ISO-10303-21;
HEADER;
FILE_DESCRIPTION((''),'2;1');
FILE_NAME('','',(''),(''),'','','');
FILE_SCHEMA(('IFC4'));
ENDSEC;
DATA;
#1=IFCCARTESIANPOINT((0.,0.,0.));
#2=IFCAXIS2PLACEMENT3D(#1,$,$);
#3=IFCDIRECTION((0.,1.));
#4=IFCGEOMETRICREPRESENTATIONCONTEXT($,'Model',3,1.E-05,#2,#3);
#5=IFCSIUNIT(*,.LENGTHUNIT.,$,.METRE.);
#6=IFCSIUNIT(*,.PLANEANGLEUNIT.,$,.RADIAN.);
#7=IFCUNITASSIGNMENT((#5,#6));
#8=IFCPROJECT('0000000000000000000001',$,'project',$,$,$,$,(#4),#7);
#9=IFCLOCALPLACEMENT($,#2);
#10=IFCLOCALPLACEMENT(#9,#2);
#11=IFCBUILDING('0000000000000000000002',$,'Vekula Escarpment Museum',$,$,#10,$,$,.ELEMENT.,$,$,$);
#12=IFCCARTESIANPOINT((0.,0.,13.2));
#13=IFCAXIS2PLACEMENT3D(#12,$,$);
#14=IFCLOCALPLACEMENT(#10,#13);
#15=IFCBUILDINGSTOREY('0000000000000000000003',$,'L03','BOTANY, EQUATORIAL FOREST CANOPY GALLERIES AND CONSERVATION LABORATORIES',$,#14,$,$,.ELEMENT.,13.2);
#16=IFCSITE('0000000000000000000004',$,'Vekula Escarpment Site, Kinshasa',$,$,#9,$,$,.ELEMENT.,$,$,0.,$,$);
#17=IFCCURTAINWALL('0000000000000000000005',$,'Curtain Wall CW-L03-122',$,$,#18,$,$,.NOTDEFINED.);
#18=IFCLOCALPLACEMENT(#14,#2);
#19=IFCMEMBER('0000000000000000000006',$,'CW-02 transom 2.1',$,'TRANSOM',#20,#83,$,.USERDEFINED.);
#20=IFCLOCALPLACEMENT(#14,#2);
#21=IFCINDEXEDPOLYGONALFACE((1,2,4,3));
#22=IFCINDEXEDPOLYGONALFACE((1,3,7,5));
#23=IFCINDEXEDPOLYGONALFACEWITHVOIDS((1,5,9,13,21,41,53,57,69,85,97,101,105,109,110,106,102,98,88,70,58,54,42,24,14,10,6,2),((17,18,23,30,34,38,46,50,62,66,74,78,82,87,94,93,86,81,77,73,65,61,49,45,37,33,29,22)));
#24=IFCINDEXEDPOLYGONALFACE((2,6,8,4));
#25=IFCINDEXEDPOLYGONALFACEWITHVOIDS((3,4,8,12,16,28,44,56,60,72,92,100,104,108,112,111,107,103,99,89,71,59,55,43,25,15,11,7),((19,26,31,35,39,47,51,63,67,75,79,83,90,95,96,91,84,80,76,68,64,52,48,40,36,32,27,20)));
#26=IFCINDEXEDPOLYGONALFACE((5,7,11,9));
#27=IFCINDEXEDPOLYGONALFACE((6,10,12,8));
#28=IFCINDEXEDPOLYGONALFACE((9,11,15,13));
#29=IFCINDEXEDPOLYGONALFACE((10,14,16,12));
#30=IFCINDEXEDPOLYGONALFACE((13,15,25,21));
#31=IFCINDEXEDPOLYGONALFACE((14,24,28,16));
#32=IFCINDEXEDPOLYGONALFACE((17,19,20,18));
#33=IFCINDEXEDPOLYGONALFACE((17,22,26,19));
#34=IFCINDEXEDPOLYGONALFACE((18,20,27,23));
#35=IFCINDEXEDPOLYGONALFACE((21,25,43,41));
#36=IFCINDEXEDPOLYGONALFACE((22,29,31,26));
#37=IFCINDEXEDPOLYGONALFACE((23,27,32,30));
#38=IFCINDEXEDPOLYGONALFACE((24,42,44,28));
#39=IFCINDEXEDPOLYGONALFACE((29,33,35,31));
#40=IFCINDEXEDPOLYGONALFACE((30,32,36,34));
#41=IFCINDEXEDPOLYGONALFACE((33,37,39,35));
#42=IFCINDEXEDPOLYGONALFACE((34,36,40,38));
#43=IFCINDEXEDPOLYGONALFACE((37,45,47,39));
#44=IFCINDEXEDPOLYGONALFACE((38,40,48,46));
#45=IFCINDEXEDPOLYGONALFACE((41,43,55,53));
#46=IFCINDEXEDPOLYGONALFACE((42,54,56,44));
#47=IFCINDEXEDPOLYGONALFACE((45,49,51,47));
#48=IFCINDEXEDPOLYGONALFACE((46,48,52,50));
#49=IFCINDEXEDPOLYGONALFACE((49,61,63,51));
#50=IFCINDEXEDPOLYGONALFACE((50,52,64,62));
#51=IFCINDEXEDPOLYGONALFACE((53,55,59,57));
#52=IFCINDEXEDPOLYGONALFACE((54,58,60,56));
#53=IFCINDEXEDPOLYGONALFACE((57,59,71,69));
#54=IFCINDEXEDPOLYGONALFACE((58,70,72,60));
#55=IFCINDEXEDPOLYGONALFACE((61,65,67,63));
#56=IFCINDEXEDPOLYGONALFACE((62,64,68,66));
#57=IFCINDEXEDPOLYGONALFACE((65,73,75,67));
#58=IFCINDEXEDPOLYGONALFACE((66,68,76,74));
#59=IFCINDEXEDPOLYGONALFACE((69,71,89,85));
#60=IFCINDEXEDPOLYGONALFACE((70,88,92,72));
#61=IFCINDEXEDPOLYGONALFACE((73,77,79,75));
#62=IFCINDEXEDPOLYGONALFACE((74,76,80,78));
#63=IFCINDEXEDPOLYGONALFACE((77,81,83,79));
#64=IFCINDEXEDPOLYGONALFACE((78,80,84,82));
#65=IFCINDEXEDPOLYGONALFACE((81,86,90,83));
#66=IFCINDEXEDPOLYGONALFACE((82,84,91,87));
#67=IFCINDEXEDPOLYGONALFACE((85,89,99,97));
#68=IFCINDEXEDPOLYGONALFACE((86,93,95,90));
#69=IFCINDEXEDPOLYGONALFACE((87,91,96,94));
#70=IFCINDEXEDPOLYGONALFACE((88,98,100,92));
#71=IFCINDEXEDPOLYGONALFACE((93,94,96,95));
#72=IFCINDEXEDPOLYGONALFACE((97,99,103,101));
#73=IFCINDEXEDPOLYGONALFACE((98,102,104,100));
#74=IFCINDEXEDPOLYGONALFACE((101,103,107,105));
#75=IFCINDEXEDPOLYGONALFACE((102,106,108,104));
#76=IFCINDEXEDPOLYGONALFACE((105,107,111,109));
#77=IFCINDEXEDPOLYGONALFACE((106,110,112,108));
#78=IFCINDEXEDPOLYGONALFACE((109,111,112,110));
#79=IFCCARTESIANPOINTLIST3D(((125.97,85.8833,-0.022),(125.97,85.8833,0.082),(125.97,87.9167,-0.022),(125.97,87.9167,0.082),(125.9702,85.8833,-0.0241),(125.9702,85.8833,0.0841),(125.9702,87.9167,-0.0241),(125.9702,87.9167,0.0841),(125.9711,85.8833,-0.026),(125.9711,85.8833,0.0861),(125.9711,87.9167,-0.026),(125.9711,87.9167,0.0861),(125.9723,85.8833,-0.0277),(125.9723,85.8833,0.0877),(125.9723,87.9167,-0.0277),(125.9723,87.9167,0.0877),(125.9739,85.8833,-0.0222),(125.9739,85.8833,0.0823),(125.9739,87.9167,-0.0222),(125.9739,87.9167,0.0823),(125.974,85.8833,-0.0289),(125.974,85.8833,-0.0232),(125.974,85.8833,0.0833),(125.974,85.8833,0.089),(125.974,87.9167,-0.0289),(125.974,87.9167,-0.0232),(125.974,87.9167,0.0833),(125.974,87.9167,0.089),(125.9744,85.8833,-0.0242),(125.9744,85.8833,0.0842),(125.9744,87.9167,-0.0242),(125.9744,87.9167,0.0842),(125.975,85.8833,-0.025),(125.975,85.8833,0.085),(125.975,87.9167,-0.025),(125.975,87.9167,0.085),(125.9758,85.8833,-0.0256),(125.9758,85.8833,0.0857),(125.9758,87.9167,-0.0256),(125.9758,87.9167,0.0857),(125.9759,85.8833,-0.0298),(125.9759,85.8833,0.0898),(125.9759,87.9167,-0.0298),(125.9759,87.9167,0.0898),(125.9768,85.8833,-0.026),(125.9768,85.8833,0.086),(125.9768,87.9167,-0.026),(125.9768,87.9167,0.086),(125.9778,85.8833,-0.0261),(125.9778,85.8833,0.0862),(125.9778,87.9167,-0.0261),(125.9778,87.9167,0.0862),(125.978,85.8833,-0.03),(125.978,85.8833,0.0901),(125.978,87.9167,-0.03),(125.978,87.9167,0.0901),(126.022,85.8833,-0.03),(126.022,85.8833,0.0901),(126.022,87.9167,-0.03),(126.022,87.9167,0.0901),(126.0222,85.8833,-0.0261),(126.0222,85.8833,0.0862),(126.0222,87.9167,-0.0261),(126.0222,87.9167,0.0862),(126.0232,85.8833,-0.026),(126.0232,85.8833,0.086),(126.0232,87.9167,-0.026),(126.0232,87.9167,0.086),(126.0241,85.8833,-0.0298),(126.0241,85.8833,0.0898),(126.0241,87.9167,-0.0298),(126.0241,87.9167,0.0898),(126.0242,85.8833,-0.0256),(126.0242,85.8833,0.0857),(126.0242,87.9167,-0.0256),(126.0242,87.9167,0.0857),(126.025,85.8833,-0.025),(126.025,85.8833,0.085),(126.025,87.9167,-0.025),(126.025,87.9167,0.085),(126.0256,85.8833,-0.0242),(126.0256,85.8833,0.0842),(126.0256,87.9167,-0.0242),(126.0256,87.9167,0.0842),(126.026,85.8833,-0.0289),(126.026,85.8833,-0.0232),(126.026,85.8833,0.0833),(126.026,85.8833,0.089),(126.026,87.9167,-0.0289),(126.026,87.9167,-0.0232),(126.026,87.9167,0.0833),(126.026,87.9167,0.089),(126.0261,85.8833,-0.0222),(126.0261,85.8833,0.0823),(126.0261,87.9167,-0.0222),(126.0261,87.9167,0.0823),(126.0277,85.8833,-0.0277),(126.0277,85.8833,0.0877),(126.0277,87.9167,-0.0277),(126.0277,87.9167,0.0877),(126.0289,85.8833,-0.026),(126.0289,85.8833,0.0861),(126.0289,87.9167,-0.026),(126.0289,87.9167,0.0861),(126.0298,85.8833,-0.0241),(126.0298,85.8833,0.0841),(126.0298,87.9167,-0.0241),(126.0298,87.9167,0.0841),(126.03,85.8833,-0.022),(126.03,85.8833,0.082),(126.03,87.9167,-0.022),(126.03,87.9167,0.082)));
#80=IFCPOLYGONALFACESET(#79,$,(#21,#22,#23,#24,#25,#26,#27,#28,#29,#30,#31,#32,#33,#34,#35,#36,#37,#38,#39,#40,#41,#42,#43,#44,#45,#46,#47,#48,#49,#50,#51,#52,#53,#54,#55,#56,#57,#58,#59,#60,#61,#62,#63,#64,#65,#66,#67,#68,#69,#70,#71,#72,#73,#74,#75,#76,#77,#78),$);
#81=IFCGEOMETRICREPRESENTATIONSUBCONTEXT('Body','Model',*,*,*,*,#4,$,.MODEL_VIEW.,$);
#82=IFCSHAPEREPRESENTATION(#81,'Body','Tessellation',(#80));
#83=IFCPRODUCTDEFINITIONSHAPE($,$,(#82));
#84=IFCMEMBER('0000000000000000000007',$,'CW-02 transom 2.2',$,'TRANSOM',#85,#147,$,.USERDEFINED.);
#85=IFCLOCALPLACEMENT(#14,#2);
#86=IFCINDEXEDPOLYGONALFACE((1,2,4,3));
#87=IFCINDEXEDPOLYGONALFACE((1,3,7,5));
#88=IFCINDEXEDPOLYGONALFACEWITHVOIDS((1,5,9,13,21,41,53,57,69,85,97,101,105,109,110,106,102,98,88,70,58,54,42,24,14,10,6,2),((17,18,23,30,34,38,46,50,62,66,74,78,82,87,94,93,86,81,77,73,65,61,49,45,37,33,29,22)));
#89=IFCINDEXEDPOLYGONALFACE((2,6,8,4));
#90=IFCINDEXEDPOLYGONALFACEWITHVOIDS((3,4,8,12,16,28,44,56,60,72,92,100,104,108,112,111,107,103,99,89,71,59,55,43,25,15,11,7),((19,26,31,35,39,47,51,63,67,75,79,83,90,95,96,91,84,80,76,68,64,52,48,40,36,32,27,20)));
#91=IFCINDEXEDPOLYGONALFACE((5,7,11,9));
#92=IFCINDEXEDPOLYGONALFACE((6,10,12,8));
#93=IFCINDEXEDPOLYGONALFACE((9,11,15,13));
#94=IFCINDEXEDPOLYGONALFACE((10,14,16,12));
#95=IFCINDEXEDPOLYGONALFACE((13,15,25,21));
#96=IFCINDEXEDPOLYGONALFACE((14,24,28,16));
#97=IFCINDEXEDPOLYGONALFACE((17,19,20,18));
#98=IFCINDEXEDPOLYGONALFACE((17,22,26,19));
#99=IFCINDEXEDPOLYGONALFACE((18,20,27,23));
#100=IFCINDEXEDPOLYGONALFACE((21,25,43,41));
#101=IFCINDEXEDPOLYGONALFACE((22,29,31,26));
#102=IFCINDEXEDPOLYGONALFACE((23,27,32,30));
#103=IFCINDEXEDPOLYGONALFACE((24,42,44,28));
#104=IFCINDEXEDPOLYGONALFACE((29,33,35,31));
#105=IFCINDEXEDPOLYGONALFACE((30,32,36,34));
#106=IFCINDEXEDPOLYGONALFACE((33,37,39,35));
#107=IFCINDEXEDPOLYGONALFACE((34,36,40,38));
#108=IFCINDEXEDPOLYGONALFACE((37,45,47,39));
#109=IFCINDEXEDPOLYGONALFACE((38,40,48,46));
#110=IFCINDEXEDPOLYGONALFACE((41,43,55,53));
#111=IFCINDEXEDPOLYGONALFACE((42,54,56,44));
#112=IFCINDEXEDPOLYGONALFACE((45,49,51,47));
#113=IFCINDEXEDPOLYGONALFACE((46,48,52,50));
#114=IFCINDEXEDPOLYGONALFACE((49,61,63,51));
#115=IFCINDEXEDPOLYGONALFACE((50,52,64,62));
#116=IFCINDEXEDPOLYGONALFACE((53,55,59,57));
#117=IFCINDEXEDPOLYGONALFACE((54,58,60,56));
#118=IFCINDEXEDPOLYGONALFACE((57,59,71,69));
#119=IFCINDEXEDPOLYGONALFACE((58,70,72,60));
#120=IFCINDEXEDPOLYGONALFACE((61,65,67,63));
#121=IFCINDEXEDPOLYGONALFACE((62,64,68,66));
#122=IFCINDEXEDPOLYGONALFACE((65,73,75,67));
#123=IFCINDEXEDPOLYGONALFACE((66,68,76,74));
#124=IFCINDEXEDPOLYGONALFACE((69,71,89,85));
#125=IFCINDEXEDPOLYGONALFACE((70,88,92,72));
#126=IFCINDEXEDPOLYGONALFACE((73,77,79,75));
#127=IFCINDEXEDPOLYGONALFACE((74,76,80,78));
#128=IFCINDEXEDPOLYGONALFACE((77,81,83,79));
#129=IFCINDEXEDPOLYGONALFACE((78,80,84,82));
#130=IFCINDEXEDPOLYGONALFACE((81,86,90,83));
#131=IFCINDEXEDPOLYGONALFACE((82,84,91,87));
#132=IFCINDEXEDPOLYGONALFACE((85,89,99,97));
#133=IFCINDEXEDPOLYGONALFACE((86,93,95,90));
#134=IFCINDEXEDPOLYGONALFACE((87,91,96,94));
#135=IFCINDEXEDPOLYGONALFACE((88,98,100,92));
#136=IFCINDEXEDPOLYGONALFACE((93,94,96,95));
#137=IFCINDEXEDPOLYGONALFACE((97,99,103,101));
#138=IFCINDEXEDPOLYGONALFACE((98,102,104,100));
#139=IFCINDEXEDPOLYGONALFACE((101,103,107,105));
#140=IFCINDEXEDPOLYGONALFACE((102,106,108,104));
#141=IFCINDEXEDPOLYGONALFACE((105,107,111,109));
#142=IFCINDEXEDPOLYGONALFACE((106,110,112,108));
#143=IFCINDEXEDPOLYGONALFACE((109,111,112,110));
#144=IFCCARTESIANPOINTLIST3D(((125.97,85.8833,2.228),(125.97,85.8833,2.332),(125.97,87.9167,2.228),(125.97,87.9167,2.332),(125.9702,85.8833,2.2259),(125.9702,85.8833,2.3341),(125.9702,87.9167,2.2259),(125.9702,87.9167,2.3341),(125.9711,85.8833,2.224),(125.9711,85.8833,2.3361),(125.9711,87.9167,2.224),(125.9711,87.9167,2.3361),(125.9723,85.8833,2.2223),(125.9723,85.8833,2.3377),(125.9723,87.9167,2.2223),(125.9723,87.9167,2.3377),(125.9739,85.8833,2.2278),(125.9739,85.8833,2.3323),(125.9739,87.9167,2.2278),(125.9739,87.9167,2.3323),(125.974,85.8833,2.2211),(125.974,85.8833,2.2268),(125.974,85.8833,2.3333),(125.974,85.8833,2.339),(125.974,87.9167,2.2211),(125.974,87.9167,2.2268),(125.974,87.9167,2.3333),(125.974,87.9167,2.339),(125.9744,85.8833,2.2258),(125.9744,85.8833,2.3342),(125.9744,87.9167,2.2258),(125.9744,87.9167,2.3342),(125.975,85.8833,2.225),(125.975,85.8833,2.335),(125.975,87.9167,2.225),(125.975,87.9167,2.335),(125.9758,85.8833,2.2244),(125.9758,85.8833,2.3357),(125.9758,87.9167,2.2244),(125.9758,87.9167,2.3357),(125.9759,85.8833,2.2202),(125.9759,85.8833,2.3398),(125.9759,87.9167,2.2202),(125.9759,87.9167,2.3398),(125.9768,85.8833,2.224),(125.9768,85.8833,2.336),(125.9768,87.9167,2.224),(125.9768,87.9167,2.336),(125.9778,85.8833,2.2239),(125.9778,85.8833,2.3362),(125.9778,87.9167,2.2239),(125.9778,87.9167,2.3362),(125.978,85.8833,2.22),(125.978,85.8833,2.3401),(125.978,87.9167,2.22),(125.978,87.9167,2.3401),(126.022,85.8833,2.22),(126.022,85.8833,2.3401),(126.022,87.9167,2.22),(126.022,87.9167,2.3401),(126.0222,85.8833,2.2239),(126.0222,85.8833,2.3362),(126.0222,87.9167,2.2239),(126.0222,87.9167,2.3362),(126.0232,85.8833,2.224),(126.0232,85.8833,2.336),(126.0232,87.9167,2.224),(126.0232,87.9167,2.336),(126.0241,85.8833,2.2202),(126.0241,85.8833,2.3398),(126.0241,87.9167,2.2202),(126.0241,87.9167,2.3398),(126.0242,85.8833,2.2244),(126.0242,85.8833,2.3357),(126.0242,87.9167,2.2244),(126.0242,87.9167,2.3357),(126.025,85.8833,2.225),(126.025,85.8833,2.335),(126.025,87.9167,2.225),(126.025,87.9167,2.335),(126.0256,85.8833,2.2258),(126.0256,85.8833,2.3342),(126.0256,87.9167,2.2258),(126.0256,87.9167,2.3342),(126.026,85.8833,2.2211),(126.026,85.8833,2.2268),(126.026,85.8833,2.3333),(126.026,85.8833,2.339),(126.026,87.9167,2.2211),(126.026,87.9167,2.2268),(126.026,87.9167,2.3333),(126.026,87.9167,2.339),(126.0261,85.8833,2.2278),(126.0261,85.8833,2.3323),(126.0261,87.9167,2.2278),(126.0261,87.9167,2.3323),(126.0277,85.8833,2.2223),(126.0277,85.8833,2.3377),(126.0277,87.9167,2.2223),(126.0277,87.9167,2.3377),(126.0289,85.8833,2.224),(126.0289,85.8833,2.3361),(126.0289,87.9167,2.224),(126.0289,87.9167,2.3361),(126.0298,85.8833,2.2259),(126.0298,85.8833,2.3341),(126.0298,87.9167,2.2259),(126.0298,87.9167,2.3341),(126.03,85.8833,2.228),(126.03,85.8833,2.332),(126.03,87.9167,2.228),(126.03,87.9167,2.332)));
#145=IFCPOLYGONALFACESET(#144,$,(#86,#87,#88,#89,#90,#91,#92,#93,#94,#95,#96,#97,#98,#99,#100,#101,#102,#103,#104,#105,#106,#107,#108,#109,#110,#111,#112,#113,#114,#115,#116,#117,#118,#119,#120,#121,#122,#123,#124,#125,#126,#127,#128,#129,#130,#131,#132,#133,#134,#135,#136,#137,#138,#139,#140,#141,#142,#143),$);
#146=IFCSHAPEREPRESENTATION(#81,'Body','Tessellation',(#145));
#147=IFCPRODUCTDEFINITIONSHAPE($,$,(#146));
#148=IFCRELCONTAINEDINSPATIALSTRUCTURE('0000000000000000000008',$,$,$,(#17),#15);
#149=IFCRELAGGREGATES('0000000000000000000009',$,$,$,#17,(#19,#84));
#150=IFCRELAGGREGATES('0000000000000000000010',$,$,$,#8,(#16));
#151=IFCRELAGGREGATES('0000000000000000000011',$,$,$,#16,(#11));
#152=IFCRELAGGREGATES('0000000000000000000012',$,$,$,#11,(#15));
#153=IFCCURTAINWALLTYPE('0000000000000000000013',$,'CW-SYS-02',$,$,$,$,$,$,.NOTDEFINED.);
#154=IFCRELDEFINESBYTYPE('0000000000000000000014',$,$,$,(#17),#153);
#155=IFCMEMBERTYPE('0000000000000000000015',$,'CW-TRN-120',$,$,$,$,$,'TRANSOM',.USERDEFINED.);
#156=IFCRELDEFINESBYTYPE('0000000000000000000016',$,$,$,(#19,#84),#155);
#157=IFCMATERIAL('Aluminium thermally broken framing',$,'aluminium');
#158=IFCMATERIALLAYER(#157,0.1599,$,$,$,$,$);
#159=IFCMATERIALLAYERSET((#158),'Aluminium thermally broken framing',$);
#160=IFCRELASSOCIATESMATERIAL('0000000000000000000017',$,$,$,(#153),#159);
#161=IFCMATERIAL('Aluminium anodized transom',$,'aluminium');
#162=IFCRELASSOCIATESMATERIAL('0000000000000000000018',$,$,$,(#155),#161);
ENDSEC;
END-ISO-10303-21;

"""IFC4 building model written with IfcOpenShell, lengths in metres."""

from ifc_helpers import new_model, si_unit, direction, frame, origin, origin_2d, place, context, subcontext, project, spatial, hollow_rectangle, extrude, material, layer, layer_set, material_profile, profile_set, type_object, element, aggregate, save


model = new_model("IFC4")

# Units and contexts
model_context = context("Model", 3, precision=1e-05, world=origin(), true_north=direction((0.0, 1.0)))
body_context = subcontext(model_context, "Body", "Model", "MODEL_VIEW")
ifc_project = project(units=[si_unit("LENGTHUNIT", "METRE"), si_unit("PLANEANGLEUNIT", "RADIAN")], contexts=[model_context])

# Site, building, storey
site_placement = place(None, origin())
site = spatial("IfcSite", under=ifc_project, at=site_placement, Name="Vekula Escarpment Site, Kinshasa", CompositionType="ELEMENT", RefElevation=0.0)
building_placement = place(site_placement, origin())
building = spatial("IfcBuilding", under=site, at=building_placement, Name="Vekula Escarpment Museum", CompositionType="ELEMENT")
storey_placement = place(building_placement, frame((0.0, 0.0, 13.2)))
storey = spatial("IfcBuildingStorey", under=building, at=storey_placement, Name="L03", Description="BOTANY, EQUATORIAL FOREST CANOPY GALLERIES AND CONSERVATION LABORATORIES", CompositionType="ELEMENT", Elevation=13.2)

# Curtain wall
ifc_material_1 = material(Name="Aluminium thermally broken framing", Category="aluminium")
ifc_layer_1 = layer(ifc_material_1, 0.1599)
ifc_layer_set_1 = layer_set([ifc_layer_1], Name="Aluminium thermally broken framing")
curtain_wall_type_1 = type_object("IfcCurtainWallType", Name="CW-SYS-02", PredefinedType="NOTDEFINED", material=ifc_layer_set_1)
curtain_wall_1_placement = place(storey_placement, origin())
curtain_wall_1 = element("IfcCurtainWall", 1, at=curtain_wall_1_placement, inside=storey, type_object=curtain_wall_type_1, Name="Curtain Wall CW-L03-122", PredefinedType="NOTDEFINED")

# Members
ifc_material_2 = material(Name="Aluminium anodized transom", Category="aluminium")
ifc_material_profile_1 = material_profile(ifc_material_2, hollow_rectangle(XDim=0.0601, YDim=0.1201, WallThickness=0.0039, InnerFilletRadius=0.0039, OuterFilletRadius=0.0081, at=origin_2d()), Name="ALU 120x60x4")
ifc_profile_set_1 = profile_set([ifc_material_profile_1], Name="Aluminium anodized transom")
member_type_1 = type_object("IfcMemberType", Name="CW-TRN-120", ElementType="TRANSOM", PredefinedType="USERDEFINED", material=ifc_profile_set_1)
member_1_placement = place(storey_placement, frame((126.0, 85.8833, 0.03), z_axis=(0.0, 1.0, 0.0), x_axis=(-1.0, 0.0, 0.0)))
member_1 = element("IfcMember", 2, at=member_1_placement, type_object=member_type_1, Name="CW-02 transom 2.1", ObjectType="TRANSOM", PredefinedType="USERDEFINED", context=body_context, shape_type="SweptSolid", body=[
    extrude(hollow_rectangle(XDim=0.0601, YDim=0.1201, WallThickness=0.0039, InnerFilletRadius=0.0039, OuterFilletRadius=0.0081, at=origin_2d()), origin(), (0.0, 0.0, 1.0), 2.0334),
])
member_2_placement = place(storey_placement, frame((126.0, 85.8833, 2.28), z_axis=(0.0, 1.0, 0.0), x_axis=(-1.0, 0.0, 0.0)))
member_2 = element("IfcMember", 3, at=member_2_placement, type_object=member_type_1, Name="CW-02 transom 2.2", ObjectType="TRANSOM", PredefinedType="USERDEFINED", context=body_context, shape_type="SweptSolid", body=[
    extrude(hollow_rectangle(XDim=0.0601, YDim=0.1201, WallThickness=0.0039, InnerFilletRadius=0.0039, OuterFilletRadius=0.0081, at=origin_2d()), origin(), (0.0, 0.0, 1.0), 2.0334),
])

aggregate(curtain_wall_1, [member_1, member_2])

save(model, "model.ifc")
